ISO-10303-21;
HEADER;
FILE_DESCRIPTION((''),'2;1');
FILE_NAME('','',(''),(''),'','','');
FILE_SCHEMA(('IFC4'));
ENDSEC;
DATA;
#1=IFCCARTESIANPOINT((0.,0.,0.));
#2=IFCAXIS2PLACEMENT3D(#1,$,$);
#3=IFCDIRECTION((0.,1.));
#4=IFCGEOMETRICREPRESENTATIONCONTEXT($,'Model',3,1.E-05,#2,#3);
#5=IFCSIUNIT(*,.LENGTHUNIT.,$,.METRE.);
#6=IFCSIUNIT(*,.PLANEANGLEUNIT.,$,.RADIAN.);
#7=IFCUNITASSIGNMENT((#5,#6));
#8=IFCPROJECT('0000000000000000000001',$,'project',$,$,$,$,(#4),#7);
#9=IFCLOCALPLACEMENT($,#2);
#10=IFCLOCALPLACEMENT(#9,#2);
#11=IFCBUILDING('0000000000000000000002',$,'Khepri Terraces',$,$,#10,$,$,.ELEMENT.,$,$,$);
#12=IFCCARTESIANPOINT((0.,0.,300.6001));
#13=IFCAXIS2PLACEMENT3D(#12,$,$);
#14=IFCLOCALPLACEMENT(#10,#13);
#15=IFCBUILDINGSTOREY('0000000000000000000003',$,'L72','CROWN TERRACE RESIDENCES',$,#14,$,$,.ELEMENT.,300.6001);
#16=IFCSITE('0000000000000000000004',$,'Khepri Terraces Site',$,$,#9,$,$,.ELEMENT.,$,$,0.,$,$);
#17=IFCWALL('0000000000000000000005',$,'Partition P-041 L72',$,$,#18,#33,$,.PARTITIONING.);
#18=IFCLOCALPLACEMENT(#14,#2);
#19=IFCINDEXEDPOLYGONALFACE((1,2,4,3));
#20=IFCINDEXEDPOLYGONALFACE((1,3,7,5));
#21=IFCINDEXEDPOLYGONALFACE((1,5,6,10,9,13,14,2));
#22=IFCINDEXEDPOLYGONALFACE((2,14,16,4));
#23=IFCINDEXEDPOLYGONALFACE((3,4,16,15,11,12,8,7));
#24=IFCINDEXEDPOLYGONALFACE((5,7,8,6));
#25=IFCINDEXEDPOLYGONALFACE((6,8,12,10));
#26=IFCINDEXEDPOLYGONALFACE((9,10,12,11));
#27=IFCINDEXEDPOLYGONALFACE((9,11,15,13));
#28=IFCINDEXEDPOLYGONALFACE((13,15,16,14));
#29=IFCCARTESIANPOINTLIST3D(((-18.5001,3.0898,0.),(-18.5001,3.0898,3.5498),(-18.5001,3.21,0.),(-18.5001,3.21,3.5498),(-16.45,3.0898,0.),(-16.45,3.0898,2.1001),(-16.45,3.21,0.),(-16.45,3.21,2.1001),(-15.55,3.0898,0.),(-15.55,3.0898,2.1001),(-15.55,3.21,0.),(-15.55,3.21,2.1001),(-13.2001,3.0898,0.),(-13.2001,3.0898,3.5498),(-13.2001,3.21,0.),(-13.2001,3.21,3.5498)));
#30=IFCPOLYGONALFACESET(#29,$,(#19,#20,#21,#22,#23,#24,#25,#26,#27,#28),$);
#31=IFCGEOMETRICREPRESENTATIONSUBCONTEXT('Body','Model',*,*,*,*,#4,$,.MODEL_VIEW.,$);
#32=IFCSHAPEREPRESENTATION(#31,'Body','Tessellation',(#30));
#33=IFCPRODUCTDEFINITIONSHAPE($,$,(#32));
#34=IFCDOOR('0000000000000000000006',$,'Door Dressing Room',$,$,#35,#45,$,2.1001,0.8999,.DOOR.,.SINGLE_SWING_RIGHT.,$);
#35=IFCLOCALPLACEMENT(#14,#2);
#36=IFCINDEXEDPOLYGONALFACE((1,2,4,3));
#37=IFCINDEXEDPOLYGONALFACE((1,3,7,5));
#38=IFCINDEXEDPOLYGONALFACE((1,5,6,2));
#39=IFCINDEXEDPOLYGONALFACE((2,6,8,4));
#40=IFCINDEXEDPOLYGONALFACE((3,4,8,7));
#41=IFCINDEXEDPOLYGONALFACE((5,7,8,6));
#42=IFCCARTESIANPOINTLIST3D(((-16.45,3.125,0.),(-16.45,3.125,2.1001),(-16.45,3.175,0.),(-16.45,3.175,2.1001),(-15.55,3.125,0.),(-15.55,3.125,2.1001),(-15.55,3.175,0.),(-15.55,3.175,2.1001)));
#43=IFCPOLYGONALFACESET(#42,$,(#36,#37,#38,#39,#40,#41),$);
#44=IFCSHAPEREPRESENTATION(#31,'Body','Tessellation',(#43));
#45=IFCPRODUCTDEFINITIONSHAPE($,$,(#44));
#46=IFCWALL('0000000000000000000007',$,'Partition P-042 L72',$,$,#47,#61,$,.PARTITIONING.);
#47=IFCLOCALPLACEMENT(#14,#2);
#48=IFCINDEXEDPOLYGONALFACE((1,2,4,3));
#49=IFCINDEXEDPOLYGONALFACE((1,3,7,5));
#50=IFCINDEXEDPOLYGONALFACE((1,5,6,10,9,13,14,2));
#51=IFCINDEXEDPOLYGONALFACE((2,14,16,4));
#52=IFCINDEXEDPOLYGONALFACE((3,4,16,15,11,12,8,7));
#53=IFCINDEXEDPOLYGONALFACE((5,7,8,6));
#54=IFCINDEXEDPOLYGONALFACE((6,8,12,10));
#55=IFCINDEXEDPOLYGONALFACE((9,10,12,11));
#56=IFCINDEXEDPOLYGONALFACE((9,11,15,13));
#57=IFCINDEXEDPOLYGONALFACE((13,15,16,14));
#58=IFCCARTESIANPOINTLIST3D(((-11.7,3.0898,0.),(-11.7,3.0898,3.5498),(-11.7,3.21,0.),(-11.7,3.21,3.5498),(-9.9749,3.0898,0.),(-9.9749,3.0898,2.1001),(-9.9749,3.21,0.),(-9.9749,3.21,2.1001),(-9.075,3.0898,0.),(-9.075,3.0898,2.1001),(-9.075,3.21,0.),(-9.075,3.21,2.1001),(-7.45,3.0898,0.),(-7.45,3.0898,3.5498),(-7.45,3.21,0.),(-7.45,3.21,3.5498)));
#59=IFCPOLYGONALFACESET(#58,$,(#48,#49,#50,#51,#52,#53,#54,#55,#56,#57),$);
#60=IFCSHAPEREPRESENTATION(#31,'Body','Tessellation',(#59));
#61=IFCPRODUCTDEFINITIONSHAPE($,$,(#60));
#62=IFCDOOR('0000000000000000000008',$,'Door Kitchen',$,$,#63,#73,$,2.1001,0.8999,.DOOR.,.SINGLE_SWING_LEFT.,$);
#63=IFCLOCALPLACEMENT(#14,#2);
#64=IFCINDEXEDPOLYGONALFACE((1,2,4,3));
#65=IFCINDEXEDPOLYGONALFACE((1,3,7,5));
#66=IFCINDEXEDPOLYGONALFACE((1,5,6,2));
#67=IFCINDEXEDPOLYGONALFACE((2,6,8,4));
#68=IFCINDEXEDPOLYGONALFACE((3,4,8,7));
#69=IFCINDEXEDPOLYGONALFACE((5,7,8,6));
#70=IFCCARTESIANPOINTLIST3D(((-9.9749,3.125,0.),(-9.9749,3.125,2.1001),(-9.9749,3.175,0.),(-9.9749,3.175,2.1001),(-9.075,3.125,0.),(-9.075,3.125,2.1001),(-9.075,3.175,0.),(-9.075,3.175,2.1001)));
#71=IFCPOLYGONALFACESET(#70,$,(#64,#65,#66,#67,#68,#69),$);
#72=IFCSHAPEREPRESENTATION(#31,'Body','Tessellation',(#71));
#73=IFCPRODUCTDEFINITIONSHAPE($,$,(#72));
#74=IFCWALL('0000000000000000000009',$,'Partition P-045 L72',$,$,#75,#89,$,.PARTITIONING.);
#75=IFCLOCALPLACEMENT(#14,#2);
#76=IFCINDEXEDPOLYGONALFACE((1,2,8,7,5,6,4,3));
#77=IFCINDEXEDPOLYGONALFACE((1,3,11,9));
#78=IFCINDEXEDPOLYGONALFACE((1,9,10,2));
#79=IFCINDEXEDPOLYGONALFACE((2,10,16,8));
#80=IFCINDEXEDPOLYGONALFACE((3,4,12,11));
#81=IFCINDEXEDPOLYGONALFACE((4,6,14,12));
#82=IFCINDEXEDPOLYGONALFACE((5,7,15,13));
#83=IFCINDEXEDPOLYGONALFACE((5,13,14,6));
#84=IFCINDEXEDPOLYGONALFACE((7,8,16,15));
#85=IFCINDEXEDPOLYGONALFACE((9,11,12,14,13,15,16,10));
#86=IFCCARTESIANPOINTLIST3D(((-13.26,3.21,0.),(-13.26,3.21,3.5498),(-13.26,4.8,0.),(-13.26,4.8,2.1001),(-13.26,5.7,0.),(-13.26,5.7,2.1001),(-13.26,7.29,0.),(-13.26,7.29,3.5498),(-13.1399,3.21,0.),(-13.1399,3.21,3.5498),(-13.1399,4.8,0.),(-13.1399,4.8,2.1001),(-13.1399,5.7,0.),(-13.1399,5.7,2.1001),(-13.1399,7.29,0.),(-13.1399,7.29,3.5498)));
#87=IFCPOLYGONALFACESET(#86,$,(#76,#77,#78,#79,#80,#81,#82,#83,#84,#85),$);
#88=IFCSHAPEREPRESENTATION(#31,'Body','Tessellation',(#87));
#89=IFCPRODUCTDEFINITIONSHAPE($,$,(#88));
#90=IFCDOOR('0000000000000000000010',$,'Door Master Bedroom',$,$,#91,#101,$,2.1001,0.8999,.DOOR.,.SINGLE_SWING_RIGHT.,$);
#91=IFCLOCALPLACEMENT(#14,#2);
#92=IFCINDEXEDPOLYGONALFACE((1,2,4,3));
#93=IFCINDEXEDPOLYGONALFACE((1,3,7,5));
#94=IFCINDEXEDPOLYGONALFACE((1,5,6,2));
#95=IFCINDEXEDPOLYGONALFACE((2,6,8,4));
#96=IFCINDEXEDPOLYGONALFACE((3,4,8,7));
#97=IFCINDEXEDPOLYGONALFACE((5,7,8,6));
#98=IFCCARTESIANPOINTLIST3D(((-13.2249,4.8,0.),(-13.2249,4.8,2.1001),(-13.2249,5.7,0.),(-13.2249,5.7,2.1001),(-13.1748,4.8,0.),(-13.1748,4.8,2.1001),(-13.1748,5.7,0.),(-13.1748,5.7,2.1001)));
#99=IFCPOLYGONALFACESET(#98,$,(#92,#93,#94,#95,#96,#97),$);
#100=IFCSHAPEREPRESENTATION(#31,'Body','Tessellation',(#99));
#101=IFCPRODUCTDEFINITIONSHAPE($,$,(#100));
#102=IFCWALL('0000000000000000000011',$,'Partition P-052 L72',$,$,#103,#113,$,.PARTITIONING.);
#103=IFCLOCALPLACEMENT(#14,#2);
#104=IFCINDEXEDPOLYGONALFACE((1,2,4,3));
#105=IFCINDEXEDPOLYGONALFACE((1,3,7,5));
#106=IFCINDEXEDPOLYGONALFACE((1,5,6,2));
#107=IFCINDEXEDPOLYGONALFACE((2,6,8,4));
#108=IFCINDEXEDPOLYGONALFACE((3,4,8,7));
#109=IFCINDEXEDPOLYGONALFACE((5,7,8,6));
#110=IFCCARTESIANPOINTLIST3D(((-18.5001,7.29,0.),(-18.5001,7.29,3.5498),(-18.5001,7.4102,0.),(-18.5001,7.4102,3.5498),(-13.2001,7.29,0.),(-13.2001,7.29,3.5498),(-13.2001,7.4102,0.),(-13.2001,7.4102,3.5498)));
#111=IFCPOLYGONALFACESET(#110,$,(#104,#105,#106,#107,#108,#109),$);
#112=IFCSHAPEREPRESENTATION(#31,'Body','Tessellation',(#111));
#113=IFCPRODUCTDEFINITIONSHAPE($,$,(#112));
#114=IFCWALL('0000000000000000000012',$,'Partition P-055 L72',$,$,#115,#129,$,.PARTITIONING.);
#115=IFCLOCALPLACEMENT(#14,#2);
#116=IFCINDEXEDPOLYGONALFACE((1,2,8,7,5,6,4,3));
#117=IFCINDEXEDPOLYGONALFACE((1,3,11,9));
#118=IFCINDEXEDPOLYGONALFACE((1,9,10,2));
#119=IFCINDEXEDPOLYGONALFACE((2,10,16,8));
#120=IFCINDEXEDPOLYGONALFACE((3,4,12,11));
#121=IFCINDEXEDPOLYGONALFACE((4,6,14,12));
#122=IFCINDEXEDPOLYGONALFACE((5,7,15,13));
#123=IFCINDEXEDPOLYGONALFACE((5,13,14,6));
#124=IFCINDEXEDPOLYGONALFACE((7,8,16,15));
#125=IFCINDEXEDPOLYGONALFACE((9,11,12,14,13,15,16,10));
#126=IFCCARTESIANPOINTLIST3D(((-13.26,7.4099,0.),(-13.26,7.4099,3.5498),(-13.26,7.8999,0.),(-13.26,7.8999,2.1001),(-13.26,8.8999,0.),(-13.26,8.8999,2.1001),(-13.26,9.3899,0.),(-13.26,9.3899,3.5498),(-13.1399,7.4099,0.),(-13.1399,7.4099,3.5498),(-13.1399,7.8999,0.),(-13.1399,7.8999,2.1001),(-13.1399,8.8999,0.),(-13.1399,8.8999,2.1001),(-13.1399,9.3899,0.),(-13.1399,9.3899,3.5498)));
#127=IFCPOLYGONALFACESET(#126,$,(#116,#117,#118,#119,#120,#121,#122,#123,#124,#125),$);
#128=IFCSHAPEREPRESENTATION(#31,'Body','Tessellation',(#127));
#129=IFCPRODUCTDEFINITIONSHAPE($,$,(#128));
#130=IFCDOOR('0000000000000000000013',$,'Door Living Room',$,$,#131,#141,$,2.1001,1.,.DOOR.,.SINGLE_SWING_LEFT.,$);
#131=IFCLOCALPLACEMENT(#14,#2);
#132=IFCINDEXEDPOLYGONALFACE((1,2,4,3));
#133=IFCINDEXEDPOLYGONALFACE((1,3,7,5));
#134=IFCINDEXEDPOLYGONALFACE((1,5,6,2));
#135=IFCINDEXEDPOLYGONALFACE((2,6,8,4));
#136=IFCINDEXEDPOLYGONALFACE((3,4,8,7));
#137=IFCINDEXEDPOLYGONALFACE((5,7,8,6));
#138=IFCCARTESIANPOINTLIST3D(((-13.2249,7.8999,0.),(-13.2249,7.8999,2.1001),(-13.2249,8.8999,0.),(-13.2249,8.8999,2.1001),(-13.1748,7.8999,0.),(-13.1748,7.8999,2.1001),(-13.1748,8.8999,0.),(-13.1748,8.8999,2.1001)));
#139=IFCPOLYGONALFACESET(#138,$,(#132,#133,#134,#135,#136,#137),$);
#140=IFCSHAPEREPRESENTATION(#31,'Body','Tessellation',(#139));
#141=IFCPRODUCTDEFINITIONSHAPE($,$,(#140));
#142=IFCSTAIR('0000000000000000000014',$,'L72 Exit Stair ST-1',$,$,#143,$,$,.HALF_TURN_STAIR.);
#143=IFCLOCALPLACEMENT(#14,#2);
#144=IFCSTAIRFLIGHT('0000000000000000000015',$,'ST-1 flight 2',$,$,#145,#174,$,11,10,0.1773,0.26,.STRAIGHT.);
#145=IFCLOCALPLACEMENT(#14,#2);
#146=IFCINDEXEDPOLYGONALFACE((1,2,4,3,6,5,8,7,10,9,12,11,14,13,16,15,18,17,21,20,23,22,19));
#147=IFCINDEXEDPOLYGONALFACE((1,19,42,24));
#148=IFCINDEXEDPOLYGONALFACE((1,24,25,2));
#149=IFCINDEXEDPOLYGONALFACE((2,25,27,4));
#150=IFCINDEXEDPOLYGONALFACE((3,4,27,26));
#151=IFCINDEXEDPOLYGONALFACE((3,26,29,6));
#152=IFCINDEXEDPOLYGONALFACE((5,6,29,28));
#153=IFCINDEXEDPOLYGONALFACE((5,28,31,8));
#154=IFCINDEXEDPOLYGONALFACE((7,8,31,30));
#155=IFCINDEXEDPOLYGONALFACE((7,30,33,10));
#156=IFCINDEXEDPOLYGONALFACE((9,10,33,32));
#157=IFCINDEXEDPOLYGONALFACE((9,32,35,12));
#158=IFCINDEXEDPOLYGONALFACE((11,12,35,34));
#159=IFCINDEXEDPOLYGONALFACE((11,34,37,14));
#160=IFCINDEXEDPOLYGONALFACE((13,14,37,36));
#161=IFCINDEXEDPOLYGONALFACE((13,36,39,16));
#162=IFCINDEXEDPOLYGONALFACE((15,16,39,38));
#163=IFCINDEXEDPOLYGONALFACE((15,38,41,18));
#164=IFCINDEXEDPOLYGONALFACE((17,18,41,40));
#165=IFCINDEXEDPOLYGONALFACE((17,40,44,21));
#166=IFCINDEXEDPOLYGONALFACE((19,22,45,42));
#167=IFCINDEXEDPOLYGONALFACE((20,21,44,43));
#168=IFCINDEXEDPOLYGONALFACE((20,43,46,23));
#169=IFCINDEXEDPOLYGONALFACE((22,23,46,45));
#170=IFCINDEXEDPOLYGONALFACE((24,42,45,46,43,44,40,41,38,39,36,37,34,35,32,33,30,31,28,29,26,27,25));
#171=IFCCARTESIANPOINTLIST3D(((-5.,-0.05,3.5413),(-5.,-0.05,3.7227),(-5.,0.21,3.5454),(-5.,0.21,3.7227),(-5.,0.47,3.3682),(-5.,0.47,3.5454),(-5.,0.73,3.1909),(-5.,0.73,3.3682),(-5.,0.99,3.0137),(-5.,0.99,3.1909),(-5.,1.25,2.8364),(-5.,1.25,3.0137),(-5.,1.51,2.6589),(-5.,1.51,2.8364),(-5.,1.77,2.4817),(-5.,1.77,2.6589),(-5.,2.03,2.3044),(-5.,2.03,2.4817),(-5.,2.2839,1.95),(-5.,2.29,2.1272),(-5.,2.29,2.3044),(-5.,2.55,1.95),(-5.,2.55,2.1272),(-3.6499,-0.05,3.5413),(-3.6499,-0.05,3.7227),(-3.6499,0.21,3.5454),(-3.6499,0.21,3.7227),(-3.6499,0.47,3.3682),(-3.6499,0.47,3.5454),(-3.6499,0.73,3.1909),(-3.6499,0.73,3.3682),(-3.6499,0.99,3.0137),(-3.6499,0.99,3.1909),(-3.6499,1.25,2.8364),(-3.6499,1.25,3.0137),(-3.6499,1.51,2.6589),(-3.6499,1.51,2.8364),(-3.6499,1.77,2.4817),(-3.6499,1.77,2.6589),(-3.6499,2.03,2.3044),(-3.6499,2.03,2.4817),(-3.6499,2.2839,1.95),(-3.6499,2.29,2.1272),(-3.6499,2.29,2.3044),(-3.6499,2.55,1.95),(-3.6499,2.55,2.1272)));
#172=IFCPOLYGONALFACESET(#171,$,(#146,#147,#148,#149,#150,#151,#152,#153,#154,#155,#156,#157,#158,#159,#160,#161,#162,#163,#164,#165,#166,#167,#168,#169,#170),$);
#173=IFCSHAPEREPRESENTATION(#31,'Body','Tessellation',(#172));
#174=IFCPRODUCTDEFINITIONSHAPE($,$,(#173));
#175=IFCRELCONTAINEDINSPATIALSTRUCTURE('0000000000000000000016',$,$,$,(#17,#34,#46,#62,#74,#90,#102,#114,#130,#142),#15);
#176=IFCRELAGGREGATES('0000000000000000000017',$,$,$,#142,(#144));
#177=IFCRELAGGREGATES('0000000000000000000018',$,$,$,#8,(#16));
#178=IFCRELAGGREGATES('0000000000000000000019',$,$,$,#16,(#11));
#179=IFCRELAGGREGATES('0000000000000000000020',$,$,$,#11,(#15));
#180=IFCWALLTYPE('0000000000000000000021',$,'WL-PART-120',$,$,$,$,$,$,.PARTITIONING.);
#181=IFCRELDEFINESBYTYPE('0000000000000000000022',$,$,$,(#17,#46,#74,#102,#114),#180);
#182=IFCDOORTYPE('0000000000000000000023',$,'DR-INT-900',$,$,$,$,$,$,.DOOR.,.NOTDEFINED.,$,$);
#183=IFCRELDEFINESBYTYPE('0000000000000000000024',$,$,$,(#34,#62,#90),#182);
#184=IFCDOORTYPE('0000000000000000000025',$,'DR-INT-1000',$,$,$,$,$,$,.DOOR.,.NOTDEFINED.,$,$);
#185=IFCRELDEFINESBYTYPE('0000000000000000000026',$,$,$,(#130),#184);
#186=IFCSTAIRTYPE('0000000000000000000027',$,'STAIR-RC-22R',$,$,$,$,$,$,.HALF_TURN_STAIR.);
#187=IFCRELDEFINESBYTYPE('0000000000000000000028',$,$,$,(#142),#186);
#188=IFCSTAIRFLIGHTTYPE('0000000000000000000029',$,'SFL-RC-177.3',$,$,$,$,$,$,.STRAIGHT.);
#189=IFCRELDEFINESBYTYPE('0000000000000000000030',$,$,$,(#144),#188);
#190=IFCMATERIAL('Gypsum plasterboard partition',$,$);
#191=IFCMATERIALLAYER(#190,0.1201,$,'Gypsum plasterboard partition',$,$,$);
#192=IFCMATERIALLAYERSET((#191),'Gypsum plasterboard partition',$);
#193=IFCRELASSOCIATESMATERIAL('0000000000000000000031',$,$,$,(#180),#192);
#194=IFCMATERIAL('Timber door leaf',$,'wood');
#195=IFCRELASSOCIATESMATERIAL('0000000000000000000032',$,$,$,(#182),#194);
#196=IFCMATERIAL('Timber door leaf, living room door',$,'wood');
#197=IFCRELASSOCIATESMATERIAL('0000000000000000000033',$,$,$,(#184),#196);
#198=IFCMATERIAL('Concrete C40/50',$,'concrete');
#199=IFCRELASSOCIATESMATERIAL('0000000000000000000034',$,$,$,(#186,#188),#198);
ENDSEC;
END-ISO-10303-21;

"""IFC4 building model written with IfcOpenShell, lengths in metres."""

from ifc_helpers import new_model, si_unit, direction, frame, frame_2d, origin, place, context, subcontext, project, spatial, polyline, rectangle, outline, extrude, material, layer, layer_set, type_object, element, fill, aggregate, save


model = new_model("IFC4")

# Units and contexts
model_context = context("Model", 3, precision=1e-05, world=origin(), true_north=direction((0.0, 1.0)))
body_context = subcontext(model_context, "Body", "Model", "MODEL_VIEW")
ifc_project = project(units=[si_unit("LENGTHUNIT", "METRE"), si_unit("PLANEANGLEUNIT", "RADIAN")], contexts=[model_context])

# Site, building, storey
site_placement = place(None, origin())
site = spatial("IfcSite", under=ifc_project, at=site_placement, Name="Khepri Terraces Site", CompositionType="ELEMENT", RefElevation=0.0)
building_placement = place(site_placement, origin())
building = spatial("IfcBuilding", under=site, at=building_placement, Name="Khepri Terraces", CompositionType="ELEMENT")
storey_placement = place(building_placement, frame((0.0, 0.0, 300.6001)))
storey = spatial("IfcBuildingStorey", under=building, at=storey_placement, Name="L72", Description="CROWN TERRACE RESIDENCES", CompositionType="ELEMENT", Elevation=300.6001)

# Shared definitions
ifc_material_1 = material(Name="Concrete C40/50", Category="concrete")

# Shared definitions
ifc_material_2 = material(Name="Gypsum plasterboard partition")
ifc_layer_1 = layer(ifc_material_2, 0.1201, Name="Gypsum plasterboard partition")
ifc_layer_set_1 = layer_set([ifc_layer_1], Name="Gypsum plasterboard partition")
wall_type_1 = type_object("IfcWallType", Name="WL-PART-120", PredefinedType="PARTITIONING", material=ifc_layer_set_1)

# Walls, openings, doors
wall_1_placement = place(storey_placement, frame((-18.5, 3.1499, 0.0), z_axis=(0.0, 0.0, 1.0), x_axis=(1.0, 0.0, 0.0)))
wall_1 = element("IfcWall", 1, at=wall_1_placement, inside=storey, type_object=wall_type_1, Name="Partition P-041 L72", PredefinedType="PARTITIONING", context=body_context, shape_type="SweptSolid", body=[
    extrude(rectangle(XDim=5.3, YDim=0.1201, at=frame_2d((2.6499, 0.0))), origin(), (0.0, 0.0, 1.0), 3.5498),
])
opening_1_placement = place(wall_1_placement, frame((2.05, 0.0, 0.0)))
opening_1 = element("IfcOpeningElement", 2, at=opening_1_placement, cuts=wall_1, PredefinedType="OPENING", context=body_context, shape_type="SweptSolid", body=[
    extrude(rectangle(XDim=0.8999, YDim=2.1001, at=frame_2d((0.45, 1.05))), frame((0.0, 0.0701, 0.0), z_axis=(0.0, -1.0, 0.0), x_axis=(1.0, 0.0, 0.0)), (0.0, 0.0, 1.0), 0.1401),
])
ifc_material_3 = material(Name="Timber door leaf", Category="wood")
door_type_1 = type_object("IfcDoorType", Name="DR-INT-900", OperationType="NOTDEFINED", PredefinedType="DOOR", material=ifc_material_3)
door_1_placement = place(opening_1_placement, frame((0.8999, 0.0, 0.0), z_axis=(0.0, 0.0, 1.0), x_axis=(-1.0, 0.0, 0.0)))
door_1 = element("IfcDoor", 3, at=door_1_placement, inside=storey, type_object=door_type_1, Name="Door Dressing Room", OperationType="SINGLE_SWING_RIGHT", OverallHeight=2.1001, OverallWidth=0.8999, PredefinedType="DOOR", context=body_context, shape_type="SweptSolid", body=[
    extrude(rectangle(XDim=0.8999, YDim=2.1001, at=frame_2d((0.45, 1.05))), frame((0.0, 0.0249, 0.0), z_axis=(0.0, -1.0, 0.0), x_axis=(1.0, 0.0, 0.0)), (0.0, 0.0, 1.0), 0.05),
])
fill(opening_1, door_1)
wall_2_placement = place(storey_placement, frame((-11.7, 3.1499, 0.0), z_axis=(0.0, 0.0, 1.0), x_axis=(1.0, 0.0, 0.0)))
wall_2 = element("IfcWall", 4, at=wall_2_placement, inside=storey, type_object=wall_type_1, Name="Partition P-042 L72", PredefinedType="PARTITIONING", context=body_context, shape_type="SweptSolid", body=[
    extrude(rectangle(XDim=4.25, YDim=0.1201, at=frame_2d((2.125, 0.0))), origin(), (0.0, 0.0, 1.0), 3.5498),
])
opening_2_placement = place(wall_2_placement, frame((1.7251, 0.0, 0.0)))
opening_2 = element("IfcOpeningElement", 5, at=opening_2_placement, cuts=wall_2, PredefinedType="OPENING", context=body_context, shape_type="SweptSolid", body=[
    extrude(rectangle(XDim=0.8999, YDim=2.1001, at=frame_2d((0.45, 1.05))), frame((0.0, 0.0701, 0.0), z_axis=(0.0, -1.0, 0.0), x_axis=(1.0, 0.0, 0.0)), (0.0, 0.0, 1.0), 0.1401),
])
door_2_placement = place(opening_2_placement, frame((0.8999, 0.0, 0.0), z_axis=(0.0, 0.0, 1.0), x_axis=(-1.0, 0.0, 0.0)))
door_2 = element("IfcDoor", 6, at=door_2_placement, inside=storey, type_object=door_type_1, Name="Door Kitchen", OperationType="SINGLE_SWING_LEFT", OverallHeight=2.1001, OverallWidth=0.8999, PredefinedType="DOOR", context=body_context, shape_type="SweptSolid", body=[
    extrude(rectangle(XDim=0.8999, YDim=2.1001, at=frame_2d((0.45, 1.05))), frame((0.0, 0.0249, 0.0), z_axis=(0.0, -1.0, 0.0), x_axis=(1.0, 0.0, 0.0)), (0.0, 0.0, 1.0), 0.05),
])
fill(opening_2, door_2)
wall_3_placement = place(storey_placement, frame((-13.2, 3.21, 0.0), z_axis=(0.0, 0.0, 1.0), x_axis=(0.0, 1.0, 0.0)))
wall_3 = element("IfcWall", 7, at=wall_3_placement, inside=storey, type_object=wall_type_1, Name="Partition P-045 L72", PredefinedType="PARTITIONING", context=body_context, shape_type="SweptSolid", body=[
    extrude(rectangle(XDim=4.0801, YDim=0.1201, at=frame_2d((2.04, 0.0))), origin(), (0.0, 0.0, 1.0), 3.5498),
])
opening_3_placement = place(wall_3_placement, frame((1.5901, 0.0, 0.0)))
opening_3 = element("IfcOpeningElement", 8, at=opening_3_placement, cuts=wall_3, PredefinedType="OPENING", context=body_context, shape_type="SweptSolid", body=[
    extrude(rectangle(XDim=0.8999, YDim=2.1001, at=frame_2d((0.45, 1.05))), frame((0.0, 0.0701, 0.0), z_axis=(0.0, -1.0, 0.0), x_axis=(1.0, 0.0, 0.0)), (0.0, 0.0, 1.0), 0.1401),
])
door_3_placement = place(opening_3_placement, origin())
door_3 = element("IfcDoor", 9, at=door_3_placement, inside=storey, type_object=door_type_1, Name="Door Master Bedroom", OperationType="SINGLE_SWING_RIGHT", OverallHeight=2.1001, OverallWidth=0.8999, PredefinedType="DOOR", context=body_context, shape_type="SweptSolid", body=[
    extrude(rectangle(XDim=0.8999, YDim=2.1001, at=frame_2d((0.45, 1.05))), frame((0.0, 0.0249, 0.0), z_axis=(0.0, -1.0, 0.0), x_axis=(1.0, 0.0, 0.0)), (0.0, 0.0, 1.0), 0.05),
])
fill(opening_3, door_3)

# Wall
wall_4_placement = place(storey_placement, frame((-18.5, 7.3501, 0.0), z_axis=(0.0, 0.0, 1.0), x_axis=(1.0, 0.0, 0.0)))
element("IfcWall", 10, at=wall_4_placement, inside=storey, type_object=wall_type_1, Name="Partition P-052 L72", PredefinedType="PARTITIONING", context=body_context, shape_type="SweptSolid", body=[
    extrude(rectangle(XDim=5.3, YDim=0.1201, at=frame_2d((2.6499, 0.0))), origin(), (0.0, 0.0, 1.0), 3.5498),
])

# Wall, opening, door
wall_5_placement = place(storey_placement, frame((-13.2, 7.4099, 0.0), z_axis=(0.0, 0.0, 1.0), x_axis=(0.0, 1.0, 0.0)))
wall_5 = element("IfcWall", 11, at=wall_5_placement, inside=storey, type_object=wall_type_1, Name="Partition P-055 L72", PredefinedType="PARTITIONING", context=body_context, shape_type="SweptSolid", body=[
    extrude(rectangle(XDim=1.98, YDim=0.1201, at=frame_2d((0.99, 0.0))), origin(), (0.0, 0.0, 1.0), 3.5498),
])
opening_4_placement = place(wall_5_placement, frame((0.49, 0.0, 0.0)))
opening_4 = element("IfcOpeningElement", 12, at=opening_4_placement, cuts=wall_5, PredefinedType="OPENING", context=body_context, shape_type="SweptSolid", body=[
    extrude(rectangle(XDim=1.0, YDim=2.1001, at=frame_2d((0.5, 1.05))), frame((0.0, 0.0701, 0.0), z_axis=(0.0, -1.0, 0.0), x_axis=(1.0, 0.0, 0.0)), (0.0, 0.0, 1.0), 0.1401),
])
ifc_material_4 = material(Name="Timber door leaf, living room door", Category="wood")
door_type_2 = type_object("IfcDoorType", Name="DR-INT-1000", OperationType="NOTDEFINED", PredefinedType="DOOR", material=ifc_material_4)
door_4_placement = place(opening_4_placement, origin())
door_4 = element("IfcDoor", 13, at=door_4_placement, inside=storey, type_object=door_type_2, Name="Door Living Room", OperationType="SINGLE_SWING_LEFT", OverallHeight=2.1001, OverallWidth=1.0, PredefinedType="DOOR", context=body_context, shape_type="SweptSolid", body=[
    extrude(rectangle(XDim=1.0, YDim=2.1001, at=frame_2d((0.5, 1.05))), frame((0.0, 0.0249, 0.0), z_axis=(0.0, -1.0, 0.0), x_axis=(1.0, 0.0, 0.0)), (0.0, 0.0, 1.0), 0.05),
])
fill(opening_4, door_4)

# Stair, stair flight
stair_type = type_object("IfcStairType", Name="STAIR-RC-22R", PredefinedType="HALF_TURN_STAIR", material=ifc_material_1)
stair_placement = place(storey_placement, origin())
stair = element("IfcStair", 14, at=stair_placement, inside=storey, type_object=stair_type, Name="L72 Exit Stair ST-1", PredefinedType="HALF_TURN_STAIR")
stair_flight_type = type_object("IfcStairFlightType", Name="SFL-RC-177.3", PredefinedType="STRAIGHT", material=ifc_material_1)
stair_flight_placement = place(storey_placement, frame((-4.325, 2.55, 1.95), z_axis=(0.0, 0.0, 1.0), x_axis=(0.0, -1.0, 0.0)))
stair_flight = element("IfcStairFlight", 15, at=stair_flight_placement, type_object=stair_flight_type, Name="ST-1 flight 2", NumberOfRisers=11, NumberOfTreads=10, PredefinedType="STRAIGHT", RiserHeight=0.1773, TreadLength=0.26, context=body_context, shape_type="SweptSolid", body=[
    extrude(outline(polyline([(0.0, 0.0), (0.0, 0.1772), (0.26, 0.1772), (0.26, 0.3545), (0.52, 0.3545), (0.52, 0.5317), (0.78, 0.5317), (0.78, 0.709), (1.04, 0.709), (1.04, 0.8865), (1.3, 0.8865), (1.3, 1.0637), (1.5601, 1.0637), (1.5601, 1.241), (1.8201, 1.241), (1.8201, 1.4182), (2.0801, 1.4182), (2.0801, 1.5955), (2.3401, 1.5955), (2.3401, 1.7727), (2.6001, 1.7727), (2.6001, 1.95), (2.6001, 1.5913), (0.2661, 0.0), (0.0, 0.0)])), frame((0.0, 0.675, 0.0), z_axis=(0.0, -1.0, 0.0), x_axis=(1.0, 0.0, 0.0)), (0.0, 0.0, 1.0), 1.3501),
])
aggregate(stair, [stair_flight])

save(model, "model.ifc")
